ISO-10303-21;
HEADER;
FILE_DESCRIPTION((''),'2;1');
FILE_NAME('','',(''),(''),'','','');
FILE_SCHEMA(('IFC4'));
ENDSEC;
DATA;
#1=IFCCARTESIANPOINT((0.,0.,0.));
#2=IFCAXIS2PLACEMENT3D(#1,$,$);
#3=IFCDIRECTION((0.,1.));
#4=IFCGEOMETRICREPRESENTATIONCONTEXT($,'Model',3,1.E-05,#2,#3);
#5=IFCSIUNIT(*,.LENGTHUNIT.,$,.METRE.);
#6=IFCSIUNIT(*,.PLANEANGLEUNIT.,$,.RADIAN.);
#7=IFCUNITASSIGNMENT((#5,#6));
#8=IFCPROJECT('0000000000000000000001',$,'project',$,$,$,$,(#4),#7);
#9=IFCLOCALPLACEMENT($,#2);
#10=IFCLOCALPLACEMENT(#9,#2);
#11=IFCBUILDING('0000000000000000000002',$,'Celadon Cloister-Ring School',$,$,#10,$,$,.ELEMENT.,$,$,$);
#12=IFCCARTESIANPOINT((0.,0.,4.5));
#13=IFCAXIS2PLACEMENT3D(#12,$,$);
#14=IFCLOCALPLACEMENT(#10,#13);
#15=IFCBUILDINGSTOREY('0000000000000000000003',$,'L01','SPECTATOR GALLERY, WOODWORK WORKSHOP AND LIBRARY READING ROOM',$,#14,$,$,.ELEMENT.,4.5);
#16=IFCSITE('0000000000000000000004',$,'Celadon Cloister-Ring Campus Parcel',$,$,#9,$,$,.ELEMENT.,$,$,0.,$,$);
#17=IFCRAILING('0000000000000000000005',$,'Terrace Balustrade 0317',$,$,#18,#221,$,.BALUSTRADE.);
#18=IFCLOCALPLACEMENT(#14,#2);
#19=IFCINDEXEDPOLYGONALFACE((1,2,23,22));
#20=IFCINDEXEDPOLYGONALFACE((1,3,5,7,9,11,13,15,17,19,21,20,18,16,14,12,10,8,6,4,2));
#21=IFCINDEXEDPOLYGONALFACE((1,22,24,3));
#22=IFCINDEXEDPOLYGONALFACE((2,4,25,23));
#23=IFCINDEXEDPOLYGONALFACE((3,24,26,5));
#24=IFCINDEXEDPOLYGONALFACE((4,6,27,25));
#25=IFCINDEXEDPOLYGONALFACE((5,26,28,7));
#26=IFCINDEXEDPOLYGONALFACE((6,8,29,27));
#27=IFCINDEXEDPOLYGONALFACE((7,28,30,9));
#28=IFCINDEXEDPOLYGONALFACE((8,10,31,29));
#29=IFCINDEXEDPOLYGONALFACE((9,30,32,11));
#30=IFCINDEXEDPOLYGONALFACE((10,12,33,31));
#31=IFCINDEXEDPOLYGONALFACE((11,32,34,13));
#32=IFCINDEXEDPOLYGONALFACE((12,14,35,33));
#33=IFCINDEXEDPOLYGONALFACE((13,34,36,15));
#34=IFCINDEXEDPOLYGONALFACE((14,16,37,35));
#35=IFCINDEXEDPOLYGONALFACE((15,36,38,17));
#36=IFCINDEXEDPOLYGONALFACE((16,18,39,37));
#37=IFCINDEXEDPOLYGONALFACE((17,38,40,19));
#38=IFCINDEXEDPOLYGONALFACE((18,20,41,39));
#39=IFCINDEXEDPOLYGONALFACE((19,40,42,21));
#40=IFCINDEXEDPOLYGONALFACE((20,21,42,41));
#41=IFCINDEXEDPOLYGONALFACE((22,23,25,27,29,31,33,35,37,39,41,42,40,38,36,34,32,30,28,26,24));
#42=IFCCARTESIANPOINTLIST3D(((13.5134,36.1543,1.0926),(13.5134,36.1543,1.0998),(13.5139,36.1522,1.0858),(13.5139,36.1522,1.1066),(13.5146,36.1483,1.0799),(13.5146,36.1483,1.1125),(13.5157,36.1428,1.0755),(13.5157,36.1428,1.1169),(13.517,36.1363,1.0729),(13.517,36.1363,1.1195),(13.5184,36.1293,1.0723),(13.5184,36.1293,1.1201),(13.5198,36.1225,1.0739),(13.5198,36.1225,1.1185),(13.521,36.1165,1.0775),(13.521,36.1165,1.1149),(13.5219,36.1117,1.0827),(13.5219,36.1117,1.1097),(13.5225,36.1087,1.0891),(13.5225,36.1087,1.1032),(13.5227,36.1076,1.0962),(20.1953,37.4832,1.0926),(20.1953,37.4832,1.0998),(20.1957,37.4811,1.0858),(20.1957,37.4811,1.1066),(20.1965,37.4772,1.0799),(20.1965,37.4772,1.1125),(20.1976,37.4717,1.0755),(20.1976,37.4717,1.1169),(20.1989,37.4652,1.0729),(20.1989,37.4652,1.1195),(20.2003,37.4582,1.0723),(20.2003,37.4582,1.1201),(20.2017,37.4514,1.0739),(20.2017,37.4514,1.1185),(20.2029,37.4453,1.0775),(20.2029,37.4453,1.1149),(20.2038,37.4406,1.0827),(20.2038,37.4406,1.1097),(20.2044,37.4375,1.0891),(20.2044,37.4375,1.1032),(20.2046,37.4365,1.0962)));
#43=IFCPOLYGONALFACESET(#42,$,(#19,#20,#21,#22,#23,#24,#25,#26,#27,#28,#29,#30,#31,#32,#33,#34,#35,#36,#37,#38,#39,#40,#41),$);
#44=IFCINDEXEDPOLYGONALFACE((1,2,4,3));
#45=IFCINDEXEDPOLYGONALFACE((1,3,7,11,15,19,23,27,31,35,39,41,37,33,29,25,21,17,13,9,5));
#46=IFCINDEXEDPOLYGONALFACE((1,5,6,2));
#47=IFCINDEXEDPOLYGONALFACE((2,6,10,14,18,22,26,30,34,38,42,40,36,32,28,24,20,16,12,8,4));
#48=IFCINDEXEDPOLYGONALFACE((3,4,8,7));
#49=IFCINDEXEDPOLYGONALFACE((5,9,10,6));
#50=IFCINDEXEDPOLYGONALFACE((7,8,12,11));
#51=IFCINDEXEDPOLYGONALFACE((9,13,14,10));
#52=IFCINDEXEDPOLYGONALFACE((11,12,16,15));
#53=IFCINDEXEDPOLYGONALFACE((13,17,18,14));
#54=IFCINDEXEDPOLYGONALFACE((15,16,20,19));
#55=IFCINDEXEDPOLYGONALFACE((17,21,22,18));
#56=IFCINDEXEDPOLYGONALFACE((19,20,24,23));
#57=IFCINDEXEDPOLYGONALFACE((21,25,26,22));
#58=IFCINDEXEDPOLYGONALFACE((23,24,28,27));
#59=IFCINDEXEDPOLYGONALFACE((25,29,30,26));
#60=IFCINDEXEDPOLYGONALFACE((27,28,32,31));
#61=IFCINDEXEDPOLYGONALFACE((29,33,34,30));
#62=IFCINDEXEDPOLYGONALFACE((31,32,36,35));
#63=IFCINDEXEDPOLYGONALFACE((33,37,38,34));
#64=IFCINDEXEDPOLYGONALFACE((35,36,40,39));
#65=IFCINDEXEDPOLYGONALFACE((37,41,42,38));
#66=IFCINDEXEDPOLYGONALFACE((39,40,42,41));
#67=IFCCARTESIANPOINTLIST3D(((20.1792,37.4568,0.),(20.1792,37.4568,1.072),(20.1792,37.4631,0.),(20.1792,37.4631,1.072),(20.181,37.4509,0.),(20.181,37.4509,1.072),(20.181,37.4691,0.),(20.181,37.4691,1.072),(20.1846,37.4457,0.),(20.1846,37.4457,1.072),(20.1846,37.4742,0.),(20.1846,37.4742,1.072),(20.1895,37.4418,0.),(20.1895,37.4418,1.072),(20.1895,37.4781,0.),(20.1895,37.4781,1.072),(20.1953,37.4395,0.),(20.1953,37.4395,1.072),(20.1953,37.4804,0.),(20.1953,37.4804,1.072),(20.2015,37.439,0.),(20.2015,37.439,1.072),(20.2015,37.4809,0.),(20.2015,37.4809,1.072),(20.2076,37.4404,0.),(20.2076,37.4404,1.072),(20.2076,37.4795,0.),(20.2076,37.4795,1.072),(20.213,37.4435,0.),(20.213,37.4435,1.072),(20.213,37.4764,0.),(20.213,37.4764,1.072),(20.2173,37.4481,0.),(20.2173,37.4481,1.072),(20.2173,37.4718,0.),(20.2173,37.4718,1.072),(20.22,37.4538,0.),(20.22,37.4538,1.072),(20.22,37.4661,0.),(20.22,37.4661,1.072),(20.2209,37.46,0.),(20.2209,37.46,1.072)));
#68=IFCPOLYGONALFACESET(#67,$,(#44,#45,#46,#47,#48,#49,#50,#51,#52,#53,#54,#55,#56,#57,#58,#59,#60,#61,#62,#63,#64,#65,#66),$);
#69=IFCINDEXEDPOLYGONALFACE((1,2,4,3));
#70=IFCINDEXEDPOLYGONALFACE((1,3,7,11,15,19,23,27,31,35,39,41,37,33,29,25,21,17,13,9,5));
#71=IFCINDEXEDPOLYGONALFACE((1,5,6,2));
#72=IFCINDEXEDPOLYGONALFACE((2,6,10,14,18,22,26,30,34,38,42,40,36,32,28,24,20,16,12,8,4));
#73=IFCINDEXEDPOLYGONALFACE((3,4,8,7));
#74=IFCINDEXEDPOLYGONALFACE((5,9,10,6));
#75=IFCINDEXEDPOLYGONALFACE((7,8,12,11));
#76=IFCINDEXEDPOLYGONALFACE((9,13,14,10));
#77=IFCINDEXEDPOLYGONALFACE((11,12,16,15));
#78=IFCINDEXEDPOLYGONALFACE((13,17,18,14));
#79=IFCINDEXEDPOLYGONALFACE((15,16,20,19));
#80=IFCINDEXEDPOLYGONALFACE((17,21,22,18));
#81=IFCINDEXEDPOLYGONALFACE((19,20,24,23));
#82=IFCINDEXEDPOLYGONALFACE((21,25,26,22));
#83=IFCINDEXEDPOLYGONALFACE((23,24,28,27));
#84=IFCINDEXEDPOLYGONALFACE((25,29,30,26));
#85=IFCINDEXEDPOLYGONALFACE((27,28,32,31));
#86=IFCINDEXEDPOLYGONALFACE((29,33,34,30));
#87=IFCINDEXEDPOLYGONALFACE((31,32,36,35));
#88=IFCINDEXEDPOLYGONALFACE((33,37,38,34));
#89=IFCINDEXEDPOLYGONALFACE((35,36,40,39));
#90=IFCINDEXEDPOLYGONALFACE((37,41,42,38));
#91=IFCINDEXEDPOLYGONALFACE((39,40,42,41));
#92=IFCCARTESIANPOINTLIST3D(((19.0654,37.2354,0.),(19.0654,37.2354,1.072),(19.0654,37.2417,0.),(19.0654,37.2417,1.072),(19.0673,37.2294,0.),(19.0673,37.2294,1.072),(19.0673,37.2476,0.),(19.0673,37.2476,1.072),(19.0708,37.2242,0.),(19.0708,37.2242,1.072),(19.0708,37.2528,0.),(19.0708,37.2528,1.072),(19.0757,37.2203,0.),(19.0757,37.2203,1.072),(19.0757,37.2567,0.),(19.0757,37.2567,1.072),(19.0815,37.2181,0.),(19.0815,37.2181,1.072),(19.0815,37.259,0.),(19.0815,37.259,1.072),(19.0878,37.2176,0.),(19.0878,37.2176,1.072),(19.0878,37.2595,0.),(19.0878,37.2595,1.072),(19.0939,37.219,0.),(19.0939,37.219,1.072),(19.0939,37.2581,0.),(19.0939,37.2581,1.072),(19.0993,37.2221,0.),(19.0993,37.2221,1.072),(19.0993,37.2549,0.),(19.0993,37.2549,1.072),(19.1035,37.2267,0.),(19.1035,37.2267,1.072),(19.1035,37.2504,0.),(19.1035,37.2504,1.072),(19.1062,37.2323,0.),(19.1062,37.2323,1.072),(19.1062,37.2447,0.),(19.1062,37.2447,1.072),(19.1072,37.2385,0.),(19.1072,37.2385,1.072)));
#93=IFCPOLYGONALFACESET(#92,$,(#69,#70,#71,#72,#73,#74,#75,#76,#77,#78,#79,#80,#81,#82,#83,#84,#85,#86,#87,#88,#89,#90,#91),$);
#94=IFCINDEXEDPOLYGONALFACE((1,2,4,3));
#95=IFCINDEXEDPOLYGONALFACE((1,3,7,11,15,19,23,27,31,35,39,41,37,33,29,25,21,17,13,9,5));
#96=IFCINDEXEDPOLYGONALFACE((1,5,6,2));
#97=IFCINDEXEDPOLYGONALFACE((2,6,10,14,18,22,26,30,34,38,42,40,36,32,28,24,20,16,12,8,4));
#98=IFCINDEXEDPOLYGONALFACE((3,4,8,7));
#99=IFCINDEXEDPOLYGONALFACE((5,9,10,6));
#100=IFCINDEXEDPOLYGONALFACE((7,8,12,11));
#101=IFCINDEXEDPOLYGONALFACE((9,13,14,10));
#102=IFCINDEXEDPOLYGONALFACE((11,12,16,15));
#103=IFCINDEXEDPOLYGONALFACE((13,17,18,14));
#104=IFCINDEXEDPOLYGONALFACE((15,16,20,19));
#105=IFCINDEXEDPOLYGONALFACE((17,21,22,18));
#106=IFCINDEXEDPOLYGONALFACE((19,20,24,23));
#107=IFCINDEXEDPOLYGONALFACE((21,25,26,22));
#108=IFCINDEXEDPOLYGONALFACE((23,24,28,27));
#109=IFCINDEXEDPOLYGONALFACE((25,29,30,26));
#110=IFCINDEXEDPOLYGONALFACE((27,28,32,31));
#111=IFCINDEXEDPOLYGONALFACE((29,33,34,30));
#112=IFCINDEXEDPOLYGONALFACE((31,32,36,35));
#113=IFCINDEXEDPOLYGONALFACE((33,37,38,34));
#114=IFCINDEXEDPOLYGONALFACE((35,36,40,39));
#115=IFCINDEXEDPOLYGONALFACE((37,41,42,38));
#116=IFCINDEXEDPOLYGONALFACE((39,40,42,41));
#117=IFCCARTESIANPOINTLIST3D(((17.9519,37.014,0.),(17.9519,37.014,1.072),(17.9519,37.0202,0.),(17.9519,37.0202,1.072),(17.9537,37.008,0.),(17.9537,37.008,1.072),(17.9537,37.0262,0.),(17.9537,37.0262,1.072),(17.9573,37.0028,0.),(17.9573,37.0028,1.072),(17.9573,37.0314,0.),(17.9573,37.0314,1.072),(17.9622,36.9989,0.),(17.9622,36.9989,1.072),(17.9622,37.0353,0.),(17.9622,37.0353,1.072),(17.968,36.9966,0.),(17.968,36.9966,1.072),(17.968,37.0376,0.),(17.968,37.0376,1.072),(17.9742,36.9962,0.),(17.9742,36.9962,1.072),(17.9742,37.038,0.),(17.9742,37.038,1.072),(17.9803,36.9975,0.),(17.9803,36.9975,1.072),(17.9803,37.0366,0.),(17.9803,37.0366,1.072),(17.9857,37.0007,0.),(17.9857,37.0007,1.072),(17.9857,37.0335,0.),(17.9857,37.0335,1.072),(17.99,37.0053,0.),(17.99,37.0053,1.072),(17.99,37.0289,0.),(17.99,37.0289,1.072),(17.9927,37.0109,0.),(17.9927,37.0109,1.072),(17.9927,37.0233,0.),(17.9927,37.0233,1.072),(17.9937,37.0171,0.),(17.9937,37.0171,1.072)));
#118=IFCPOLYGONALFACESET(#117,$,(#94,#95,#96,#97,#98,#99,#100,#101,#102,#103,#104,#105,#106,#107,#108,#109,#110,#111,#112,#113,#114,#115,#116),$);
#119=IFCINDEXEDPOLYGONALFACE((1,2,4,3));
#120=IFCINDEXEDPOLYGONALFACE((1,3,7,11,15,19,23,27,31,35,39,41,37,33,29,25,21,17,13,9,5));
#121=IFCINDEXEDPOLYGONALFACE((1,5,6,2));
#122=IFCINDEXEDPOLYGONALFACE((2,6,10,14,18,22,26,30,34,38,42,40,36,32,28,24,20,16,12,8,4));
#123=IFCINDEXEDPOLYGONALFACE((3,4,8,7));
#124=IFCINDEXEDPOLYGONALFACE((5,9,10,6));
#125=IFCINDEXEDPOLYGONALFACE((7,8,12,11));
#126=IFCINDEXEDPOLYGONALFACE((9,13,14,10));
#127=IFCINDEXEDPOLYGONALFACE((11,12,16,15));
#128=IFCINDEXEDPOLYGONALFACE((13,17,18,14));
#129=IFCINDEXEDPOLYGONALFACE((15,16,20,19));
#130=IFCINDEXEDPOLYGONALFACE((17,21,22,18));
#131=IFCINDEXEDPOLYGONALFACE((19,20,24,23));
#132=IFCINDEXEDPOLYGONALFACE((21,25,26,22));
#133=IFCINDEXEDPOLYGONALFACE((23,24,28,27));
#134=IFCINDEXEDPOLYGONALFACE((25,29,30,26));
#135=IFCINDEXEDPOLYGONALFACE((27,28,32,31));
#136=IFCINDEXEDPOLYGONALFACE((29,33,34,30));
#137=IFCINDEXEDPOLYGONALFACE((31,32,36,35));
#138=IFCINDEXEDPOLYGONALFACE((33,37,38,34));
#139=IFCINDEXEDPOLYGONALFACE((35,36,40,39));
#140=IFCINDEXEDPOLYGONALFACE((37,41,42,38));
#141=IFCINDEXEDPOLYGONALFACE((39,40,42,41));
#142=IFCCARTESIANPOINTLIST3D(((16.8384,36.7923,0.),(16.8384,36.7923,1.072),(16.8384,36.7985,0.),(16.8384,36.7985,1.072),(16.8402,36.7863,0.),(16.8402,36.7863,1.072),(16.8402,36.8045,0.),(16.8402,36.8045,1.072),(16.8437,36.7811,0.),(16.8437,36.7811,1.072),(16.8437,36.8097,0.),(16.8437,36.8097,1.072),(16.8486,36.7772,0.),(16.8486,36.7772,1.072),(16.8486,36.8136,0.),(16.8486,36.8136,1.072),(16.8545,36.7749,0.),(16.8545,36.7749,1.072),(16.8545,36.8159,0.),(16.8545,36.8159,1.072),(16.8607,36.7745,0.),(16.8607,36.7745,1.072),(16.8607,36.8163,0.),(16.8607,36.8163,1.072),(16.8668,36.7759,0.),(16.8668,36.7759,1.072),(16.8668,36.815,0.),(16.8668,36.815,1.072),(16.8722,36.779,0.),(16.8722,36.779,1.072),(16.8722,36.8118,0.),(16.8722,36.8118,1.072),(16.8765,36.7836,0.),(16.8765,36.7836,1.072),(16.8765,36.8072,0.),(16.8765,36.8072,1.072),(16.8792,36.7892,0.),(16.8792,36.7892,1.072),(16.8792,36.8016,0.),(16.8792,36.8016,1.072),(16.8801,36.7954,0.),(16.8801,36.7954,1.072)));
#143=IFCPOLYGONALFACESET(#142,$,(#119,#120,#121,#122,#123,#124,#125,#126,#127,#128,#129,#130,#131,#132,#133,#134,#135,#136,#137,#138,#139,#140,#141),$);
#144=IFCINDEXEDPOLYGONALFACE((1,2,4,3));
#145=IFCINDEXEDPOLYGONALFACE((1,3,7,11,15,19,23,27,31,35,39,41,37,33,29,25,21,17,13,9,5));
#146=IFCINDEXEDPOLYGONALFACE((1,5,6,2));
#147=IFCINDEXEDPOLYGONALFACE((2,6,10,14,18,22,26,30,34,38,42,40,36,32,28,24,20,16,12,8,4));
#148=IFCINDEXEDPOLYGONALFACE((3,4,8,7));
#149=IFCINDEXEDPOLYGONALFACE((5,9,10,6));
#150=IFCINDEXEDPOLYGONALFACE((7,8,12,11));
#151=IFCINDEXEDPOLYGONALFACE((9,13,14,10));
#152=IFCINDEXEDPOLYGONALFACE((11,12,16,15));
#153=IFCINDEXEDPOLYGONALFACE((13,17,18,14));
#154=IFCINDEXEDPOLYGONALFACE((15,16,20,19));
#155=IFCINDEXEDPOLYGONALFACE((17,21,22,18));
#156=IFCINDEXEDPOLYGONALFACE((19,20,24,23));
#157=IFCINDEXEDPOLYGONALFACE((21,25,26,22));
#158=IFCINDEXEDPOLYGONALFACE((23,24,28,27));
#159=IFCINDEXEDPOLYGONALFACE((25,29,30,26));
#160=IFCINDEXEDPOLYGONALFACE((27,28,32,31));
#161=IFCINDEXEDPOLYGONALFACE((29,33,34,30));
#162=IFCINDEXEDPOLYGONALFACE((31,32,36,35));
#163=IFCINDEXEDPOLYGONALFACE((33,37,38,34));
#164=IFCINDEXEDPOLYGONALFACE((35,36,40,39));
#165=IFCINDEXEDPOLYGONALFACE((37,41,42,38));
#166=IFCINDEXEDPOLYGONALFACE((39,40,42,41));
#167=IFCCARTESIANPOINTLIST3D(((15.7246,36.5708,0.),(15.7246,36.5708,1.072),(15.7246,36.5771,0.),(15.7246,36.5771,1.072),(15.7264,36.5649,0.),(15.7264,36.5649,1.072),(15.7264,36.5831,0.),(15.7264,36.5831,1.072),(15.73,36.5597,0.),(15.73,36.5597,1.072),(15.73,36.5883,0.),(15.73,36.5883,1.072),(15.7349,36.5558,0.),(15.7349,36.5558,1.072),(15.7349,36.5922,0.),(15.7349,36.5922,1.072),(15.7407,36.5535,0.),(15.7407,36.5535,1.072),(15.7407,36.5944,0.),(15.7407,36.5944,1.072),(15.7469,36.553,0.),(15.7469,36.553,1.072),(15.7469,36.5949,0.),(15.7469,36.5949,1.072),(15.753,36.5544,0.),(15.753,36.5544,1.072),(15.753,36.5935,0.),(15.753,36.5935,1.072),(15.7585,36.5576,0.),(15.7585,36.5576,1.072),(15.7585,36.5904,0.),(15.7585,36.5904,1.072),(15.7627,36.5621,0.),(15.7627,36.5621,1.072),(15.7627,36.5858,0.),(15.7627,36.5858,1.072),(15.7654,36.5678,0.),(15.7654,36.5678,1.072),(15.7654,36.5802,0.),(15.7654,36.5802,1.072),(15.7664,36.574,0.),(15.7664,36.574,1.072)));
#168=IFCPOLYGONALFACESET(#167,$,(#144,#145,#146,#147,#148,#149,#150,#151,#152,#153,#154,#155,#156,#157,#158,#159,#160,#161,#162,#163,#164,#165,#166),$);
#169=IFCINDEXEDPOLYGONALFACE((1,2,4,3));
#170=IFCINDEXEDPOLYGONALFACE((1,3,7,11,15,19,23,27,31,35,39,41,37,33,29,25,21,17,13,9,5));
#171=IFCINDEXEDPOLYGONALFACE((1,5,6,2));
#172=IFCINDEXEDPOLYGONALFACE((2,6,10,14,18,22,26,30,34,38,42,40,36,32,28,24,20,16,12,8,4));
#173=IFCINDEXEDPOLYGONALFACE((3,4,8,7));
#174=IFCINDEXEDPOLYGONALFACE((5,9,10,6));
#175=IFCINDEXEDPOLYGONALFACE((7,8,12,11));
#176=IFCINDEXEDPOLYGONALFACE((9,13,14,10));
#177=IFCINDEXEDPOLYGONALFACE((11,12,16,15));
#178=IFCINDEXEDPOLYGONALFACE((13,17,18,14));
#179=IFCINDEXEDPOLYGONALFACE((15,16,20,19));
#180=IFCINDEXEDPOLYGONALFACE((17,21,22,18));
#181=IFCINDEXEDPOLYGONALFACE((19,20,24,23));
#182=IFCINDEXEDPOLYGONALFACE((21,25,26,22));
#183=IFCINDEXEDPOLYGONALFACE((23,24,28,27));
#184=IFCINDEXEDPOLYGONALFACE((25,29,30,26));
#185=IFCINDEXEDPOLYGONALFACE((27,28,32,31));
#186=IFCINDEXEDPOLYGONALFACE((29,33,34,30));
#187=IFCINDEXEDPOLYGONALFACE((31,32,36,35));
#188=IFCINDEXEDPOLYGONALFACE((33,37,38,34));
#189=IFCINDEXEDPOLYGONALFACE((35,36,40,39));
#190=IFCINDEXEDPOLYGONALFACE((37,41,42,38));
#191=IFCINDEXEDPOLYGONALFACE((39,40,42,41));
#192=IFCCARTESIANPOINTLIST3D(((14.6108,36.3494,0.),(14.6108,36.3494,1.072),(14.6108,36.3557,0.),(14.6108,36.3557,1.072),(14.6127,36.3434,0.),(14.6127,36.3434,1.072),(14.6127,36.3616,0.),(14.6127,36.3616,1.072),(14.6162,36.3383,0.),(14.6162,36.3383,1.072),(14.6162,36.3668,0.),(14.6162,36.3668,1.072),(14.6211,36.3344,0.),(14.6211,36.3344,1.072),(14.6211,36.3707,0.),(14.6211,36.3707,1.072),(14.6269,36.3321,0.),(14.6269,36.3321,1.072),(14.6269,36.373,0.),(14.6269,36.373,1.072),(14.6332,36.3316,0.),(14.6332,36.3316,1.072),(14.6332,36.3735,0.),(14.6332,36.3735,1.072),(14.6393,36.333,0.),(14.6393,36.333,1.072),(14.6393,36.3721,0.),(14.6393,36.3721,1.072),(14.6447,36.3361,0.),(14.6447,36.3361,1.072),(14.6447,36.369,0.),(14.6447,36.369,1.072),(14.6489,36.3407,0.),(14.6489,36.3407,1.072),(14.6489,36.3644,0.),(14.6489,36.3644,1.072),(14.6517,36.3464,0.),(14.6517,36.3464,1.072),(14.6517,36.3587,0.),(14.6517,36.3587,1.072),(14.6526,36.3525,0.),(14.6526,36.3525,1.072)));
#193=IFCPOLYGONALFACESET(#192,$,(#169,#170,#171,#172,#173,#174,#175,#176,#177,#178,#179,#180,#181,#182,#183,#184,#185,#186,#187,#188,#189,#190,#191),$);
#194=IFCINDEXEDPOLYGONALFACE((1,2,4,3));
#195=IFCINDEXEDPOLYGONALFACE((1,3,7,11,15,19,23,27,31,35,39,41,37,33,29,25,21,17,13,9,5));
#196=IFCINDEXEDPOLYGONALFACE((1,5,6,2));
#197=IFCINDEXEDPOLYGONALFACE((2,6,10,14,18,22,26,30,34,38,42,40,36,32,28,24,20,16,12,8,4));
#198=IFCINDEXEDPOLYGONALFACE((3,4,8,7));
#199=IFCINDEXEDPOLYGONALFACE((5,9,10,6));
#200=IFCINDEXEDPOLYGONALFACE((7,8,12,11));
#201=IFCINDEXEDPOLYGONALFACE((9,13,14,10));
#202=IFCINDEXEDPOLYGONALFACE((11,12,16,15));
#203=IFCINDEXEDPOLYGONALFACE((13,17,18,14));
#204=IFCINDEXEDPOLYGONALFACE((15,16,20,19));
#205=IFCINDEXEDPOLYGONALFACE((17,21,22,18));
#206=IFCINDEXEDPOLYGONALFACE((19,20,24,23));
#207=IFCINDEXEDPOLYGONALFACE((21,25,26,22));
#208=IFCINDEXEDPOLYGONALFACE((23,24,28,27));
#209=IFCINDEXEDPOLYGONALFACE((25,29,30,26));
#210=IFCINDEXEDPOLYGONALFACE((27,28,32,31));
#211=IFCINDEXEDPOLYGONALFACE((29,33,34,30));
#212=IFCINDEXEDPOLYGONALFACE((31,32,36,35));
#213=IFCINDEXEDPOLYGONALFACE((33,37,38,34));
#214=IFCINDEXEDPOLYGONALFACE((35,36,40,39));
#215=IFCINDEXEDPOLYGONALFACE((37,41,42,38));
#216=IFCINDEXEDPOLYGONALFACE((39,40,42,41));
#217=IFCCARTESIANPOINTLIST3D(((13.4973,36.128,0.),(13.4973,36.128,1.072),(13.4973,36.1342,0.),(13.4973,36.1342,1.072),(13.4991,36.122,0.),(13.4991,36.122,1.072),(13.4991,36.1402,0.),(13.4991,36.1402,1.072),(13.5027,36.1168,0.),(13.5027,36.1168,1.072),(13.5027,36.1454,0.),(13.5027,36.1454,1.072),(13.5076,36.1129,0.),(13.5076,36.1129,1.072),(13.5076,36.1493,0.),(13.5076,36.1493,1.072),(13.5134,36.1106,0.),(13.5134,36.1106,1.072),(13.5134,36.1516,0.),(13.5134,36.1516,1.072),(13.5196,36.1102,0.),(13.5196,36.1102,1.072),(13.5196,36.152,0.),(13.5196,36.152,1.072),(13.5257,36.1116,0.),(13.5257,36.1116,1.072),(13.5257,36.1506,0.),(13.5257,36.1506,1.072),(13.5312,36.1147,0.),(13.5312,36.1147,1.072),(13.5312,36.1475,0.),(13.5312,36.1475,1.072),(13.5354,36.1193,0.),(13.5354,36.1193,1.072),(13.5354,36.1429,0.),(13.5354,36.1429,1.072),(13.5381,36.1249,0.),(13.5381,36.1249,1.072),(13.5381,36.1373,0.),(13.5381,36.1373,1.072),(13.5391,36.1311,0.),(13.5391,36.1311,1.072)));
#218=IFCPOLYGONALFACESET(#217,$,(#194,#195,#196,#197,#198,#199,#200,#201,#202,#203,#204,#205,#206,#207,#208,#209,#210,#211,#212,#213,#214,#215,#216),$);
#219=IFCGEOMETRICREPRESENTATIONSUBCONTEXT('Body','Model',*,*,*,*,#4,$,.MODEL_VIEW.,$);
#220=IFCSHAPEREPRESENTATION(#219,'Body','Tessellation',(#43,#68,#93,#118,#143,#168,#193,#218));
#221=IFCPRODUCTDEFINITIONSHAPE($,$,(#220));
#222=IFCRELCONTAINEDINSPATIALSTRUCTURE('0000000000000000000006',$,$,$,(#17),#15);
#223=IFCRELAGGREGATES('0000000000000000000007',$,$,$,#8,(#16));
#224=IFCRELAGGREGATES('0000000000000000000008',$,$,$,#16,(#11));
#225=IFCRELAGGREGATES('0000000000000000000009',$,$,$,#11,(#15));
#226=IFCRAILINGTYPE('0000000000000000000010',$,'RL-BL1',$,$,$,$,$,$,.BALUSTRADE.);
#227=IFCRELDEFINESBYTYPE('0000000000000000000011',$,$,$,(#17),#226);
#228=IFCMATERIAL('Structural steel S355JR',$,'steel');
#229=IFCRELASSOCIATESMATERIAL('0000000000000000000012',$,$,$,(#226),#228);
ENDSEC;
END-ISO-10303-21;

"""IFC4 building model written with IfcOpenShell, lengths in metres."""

from ifc_helpers import new_model, si_unit, direction, frame, origin, origin_2d, place, context, subcontext, project, spatial, circle, extrude, material, type_object, element, save


model = new_model("IFC4")

# Units and contexts
model_context = context("Model", 3, precision=1e-05, world=origin(), true_north=direction((0.0, 1.0)))
body_context = subcontext(model_context, "Body", "Model", "MODEL_VIEW")
ifc_project = project(units=[si_unit("LENGTHUNIT", "METRE"), si_unit("PLANEANGLEUNIT", "RADIAN")], contexts=[model_context])

# Site, building, storey
site_placement = place(None, origin())
site = spatial("IfcSite", under=ifc_project, at=site_placement, Name="Celadon Cloister-Ring Campus Parcel", CompositionType="ELEMENT", RefElevation=0.0)
building_placement = place(site_placement, origin())
building = spatial("IfcBuilding", under=site, at=building_placement, Name="Celadon Cloister-Ring School", CompositionType="ELEMENT")
storey_placement = place(building_placement, frame((0.0, 0.0, 4.5)))
storey = spatial("IfcBuildingStorey", under=building, at=storey_placement, Name="L01", Description="SPECTATOR GALLERY, WOODWORK WORKSHOP AND LIBRARY READING ROOM", CompositionType="ELEMENT", Elevation=4.5)

# Railing
ifc_material_1 = material(Name="Structural steel S355JR", Category="steel")
railing_type = type_object("IfcRailingType", Name="RL-BL1", PredefinedType="BALUSTRADE", material=ifc_material_1)
railing_placement = place(storey_placement, frame((20.2, 37.46, 0.0)))
element("IfcRailing", 1, at=railing_placement, inside=storey, type_object=railing_type, Name="Terrace Balustrade 0317", PredefinedType="BALUSTRADE", context=body_context, shape_type="SweptSolid", body=[
    extrude(circle(Radius=0.0239, at=origin_2d()), frame((0.0, 0.0, 1.0962), z_axis=(-0.980792, -0.195055, 0.0), x_axis=(0.195055, -0.980792, 0.0)), (0.0, 0.0, 1.0), 6.8127),
    extrude(circle(Radius=0.021, at=origin_2d()), origin(), (0.0, 0.0, 1.0), 1.072),
    extrude(circle(Radius=0.021, at=origin_2d()), frame((-1.1138, -0.2214, 0.0)), (0.0, 0.0, 1.0), 1.072),
    extrude(circle(Radius=0.021, at=origin_2d()), frame((-2.2273, -0.4429, 0.0)), (0.0, 0.0, 1.0), 1.072),
    extrude(circle(Radius=0.021, at=origin_2d()), frame((-3.3408, -0.6646, 0.0)), (0.0, 0.0, 1.0), 1.072),
    extrude(circle(Radius=0.021, at=origin_2d()), frame((-4.4546, -0.886, 0.0)), (0.0, 0.0, 1.0), 1.072),
    extrude(circle(Radius=0.021, at=origin_2d()), frame((-5.5684, -1.1074, 0.0)), (0.0, 0.0, 1.0), 1.072),
    extrude(circle(Radius=0.021, at=origin_2d()), frame((-6.6819, -1.3289, 0.0)), (0.0, 0.0, 1.0), 1.072),
])

save(model, "model.ifc")
